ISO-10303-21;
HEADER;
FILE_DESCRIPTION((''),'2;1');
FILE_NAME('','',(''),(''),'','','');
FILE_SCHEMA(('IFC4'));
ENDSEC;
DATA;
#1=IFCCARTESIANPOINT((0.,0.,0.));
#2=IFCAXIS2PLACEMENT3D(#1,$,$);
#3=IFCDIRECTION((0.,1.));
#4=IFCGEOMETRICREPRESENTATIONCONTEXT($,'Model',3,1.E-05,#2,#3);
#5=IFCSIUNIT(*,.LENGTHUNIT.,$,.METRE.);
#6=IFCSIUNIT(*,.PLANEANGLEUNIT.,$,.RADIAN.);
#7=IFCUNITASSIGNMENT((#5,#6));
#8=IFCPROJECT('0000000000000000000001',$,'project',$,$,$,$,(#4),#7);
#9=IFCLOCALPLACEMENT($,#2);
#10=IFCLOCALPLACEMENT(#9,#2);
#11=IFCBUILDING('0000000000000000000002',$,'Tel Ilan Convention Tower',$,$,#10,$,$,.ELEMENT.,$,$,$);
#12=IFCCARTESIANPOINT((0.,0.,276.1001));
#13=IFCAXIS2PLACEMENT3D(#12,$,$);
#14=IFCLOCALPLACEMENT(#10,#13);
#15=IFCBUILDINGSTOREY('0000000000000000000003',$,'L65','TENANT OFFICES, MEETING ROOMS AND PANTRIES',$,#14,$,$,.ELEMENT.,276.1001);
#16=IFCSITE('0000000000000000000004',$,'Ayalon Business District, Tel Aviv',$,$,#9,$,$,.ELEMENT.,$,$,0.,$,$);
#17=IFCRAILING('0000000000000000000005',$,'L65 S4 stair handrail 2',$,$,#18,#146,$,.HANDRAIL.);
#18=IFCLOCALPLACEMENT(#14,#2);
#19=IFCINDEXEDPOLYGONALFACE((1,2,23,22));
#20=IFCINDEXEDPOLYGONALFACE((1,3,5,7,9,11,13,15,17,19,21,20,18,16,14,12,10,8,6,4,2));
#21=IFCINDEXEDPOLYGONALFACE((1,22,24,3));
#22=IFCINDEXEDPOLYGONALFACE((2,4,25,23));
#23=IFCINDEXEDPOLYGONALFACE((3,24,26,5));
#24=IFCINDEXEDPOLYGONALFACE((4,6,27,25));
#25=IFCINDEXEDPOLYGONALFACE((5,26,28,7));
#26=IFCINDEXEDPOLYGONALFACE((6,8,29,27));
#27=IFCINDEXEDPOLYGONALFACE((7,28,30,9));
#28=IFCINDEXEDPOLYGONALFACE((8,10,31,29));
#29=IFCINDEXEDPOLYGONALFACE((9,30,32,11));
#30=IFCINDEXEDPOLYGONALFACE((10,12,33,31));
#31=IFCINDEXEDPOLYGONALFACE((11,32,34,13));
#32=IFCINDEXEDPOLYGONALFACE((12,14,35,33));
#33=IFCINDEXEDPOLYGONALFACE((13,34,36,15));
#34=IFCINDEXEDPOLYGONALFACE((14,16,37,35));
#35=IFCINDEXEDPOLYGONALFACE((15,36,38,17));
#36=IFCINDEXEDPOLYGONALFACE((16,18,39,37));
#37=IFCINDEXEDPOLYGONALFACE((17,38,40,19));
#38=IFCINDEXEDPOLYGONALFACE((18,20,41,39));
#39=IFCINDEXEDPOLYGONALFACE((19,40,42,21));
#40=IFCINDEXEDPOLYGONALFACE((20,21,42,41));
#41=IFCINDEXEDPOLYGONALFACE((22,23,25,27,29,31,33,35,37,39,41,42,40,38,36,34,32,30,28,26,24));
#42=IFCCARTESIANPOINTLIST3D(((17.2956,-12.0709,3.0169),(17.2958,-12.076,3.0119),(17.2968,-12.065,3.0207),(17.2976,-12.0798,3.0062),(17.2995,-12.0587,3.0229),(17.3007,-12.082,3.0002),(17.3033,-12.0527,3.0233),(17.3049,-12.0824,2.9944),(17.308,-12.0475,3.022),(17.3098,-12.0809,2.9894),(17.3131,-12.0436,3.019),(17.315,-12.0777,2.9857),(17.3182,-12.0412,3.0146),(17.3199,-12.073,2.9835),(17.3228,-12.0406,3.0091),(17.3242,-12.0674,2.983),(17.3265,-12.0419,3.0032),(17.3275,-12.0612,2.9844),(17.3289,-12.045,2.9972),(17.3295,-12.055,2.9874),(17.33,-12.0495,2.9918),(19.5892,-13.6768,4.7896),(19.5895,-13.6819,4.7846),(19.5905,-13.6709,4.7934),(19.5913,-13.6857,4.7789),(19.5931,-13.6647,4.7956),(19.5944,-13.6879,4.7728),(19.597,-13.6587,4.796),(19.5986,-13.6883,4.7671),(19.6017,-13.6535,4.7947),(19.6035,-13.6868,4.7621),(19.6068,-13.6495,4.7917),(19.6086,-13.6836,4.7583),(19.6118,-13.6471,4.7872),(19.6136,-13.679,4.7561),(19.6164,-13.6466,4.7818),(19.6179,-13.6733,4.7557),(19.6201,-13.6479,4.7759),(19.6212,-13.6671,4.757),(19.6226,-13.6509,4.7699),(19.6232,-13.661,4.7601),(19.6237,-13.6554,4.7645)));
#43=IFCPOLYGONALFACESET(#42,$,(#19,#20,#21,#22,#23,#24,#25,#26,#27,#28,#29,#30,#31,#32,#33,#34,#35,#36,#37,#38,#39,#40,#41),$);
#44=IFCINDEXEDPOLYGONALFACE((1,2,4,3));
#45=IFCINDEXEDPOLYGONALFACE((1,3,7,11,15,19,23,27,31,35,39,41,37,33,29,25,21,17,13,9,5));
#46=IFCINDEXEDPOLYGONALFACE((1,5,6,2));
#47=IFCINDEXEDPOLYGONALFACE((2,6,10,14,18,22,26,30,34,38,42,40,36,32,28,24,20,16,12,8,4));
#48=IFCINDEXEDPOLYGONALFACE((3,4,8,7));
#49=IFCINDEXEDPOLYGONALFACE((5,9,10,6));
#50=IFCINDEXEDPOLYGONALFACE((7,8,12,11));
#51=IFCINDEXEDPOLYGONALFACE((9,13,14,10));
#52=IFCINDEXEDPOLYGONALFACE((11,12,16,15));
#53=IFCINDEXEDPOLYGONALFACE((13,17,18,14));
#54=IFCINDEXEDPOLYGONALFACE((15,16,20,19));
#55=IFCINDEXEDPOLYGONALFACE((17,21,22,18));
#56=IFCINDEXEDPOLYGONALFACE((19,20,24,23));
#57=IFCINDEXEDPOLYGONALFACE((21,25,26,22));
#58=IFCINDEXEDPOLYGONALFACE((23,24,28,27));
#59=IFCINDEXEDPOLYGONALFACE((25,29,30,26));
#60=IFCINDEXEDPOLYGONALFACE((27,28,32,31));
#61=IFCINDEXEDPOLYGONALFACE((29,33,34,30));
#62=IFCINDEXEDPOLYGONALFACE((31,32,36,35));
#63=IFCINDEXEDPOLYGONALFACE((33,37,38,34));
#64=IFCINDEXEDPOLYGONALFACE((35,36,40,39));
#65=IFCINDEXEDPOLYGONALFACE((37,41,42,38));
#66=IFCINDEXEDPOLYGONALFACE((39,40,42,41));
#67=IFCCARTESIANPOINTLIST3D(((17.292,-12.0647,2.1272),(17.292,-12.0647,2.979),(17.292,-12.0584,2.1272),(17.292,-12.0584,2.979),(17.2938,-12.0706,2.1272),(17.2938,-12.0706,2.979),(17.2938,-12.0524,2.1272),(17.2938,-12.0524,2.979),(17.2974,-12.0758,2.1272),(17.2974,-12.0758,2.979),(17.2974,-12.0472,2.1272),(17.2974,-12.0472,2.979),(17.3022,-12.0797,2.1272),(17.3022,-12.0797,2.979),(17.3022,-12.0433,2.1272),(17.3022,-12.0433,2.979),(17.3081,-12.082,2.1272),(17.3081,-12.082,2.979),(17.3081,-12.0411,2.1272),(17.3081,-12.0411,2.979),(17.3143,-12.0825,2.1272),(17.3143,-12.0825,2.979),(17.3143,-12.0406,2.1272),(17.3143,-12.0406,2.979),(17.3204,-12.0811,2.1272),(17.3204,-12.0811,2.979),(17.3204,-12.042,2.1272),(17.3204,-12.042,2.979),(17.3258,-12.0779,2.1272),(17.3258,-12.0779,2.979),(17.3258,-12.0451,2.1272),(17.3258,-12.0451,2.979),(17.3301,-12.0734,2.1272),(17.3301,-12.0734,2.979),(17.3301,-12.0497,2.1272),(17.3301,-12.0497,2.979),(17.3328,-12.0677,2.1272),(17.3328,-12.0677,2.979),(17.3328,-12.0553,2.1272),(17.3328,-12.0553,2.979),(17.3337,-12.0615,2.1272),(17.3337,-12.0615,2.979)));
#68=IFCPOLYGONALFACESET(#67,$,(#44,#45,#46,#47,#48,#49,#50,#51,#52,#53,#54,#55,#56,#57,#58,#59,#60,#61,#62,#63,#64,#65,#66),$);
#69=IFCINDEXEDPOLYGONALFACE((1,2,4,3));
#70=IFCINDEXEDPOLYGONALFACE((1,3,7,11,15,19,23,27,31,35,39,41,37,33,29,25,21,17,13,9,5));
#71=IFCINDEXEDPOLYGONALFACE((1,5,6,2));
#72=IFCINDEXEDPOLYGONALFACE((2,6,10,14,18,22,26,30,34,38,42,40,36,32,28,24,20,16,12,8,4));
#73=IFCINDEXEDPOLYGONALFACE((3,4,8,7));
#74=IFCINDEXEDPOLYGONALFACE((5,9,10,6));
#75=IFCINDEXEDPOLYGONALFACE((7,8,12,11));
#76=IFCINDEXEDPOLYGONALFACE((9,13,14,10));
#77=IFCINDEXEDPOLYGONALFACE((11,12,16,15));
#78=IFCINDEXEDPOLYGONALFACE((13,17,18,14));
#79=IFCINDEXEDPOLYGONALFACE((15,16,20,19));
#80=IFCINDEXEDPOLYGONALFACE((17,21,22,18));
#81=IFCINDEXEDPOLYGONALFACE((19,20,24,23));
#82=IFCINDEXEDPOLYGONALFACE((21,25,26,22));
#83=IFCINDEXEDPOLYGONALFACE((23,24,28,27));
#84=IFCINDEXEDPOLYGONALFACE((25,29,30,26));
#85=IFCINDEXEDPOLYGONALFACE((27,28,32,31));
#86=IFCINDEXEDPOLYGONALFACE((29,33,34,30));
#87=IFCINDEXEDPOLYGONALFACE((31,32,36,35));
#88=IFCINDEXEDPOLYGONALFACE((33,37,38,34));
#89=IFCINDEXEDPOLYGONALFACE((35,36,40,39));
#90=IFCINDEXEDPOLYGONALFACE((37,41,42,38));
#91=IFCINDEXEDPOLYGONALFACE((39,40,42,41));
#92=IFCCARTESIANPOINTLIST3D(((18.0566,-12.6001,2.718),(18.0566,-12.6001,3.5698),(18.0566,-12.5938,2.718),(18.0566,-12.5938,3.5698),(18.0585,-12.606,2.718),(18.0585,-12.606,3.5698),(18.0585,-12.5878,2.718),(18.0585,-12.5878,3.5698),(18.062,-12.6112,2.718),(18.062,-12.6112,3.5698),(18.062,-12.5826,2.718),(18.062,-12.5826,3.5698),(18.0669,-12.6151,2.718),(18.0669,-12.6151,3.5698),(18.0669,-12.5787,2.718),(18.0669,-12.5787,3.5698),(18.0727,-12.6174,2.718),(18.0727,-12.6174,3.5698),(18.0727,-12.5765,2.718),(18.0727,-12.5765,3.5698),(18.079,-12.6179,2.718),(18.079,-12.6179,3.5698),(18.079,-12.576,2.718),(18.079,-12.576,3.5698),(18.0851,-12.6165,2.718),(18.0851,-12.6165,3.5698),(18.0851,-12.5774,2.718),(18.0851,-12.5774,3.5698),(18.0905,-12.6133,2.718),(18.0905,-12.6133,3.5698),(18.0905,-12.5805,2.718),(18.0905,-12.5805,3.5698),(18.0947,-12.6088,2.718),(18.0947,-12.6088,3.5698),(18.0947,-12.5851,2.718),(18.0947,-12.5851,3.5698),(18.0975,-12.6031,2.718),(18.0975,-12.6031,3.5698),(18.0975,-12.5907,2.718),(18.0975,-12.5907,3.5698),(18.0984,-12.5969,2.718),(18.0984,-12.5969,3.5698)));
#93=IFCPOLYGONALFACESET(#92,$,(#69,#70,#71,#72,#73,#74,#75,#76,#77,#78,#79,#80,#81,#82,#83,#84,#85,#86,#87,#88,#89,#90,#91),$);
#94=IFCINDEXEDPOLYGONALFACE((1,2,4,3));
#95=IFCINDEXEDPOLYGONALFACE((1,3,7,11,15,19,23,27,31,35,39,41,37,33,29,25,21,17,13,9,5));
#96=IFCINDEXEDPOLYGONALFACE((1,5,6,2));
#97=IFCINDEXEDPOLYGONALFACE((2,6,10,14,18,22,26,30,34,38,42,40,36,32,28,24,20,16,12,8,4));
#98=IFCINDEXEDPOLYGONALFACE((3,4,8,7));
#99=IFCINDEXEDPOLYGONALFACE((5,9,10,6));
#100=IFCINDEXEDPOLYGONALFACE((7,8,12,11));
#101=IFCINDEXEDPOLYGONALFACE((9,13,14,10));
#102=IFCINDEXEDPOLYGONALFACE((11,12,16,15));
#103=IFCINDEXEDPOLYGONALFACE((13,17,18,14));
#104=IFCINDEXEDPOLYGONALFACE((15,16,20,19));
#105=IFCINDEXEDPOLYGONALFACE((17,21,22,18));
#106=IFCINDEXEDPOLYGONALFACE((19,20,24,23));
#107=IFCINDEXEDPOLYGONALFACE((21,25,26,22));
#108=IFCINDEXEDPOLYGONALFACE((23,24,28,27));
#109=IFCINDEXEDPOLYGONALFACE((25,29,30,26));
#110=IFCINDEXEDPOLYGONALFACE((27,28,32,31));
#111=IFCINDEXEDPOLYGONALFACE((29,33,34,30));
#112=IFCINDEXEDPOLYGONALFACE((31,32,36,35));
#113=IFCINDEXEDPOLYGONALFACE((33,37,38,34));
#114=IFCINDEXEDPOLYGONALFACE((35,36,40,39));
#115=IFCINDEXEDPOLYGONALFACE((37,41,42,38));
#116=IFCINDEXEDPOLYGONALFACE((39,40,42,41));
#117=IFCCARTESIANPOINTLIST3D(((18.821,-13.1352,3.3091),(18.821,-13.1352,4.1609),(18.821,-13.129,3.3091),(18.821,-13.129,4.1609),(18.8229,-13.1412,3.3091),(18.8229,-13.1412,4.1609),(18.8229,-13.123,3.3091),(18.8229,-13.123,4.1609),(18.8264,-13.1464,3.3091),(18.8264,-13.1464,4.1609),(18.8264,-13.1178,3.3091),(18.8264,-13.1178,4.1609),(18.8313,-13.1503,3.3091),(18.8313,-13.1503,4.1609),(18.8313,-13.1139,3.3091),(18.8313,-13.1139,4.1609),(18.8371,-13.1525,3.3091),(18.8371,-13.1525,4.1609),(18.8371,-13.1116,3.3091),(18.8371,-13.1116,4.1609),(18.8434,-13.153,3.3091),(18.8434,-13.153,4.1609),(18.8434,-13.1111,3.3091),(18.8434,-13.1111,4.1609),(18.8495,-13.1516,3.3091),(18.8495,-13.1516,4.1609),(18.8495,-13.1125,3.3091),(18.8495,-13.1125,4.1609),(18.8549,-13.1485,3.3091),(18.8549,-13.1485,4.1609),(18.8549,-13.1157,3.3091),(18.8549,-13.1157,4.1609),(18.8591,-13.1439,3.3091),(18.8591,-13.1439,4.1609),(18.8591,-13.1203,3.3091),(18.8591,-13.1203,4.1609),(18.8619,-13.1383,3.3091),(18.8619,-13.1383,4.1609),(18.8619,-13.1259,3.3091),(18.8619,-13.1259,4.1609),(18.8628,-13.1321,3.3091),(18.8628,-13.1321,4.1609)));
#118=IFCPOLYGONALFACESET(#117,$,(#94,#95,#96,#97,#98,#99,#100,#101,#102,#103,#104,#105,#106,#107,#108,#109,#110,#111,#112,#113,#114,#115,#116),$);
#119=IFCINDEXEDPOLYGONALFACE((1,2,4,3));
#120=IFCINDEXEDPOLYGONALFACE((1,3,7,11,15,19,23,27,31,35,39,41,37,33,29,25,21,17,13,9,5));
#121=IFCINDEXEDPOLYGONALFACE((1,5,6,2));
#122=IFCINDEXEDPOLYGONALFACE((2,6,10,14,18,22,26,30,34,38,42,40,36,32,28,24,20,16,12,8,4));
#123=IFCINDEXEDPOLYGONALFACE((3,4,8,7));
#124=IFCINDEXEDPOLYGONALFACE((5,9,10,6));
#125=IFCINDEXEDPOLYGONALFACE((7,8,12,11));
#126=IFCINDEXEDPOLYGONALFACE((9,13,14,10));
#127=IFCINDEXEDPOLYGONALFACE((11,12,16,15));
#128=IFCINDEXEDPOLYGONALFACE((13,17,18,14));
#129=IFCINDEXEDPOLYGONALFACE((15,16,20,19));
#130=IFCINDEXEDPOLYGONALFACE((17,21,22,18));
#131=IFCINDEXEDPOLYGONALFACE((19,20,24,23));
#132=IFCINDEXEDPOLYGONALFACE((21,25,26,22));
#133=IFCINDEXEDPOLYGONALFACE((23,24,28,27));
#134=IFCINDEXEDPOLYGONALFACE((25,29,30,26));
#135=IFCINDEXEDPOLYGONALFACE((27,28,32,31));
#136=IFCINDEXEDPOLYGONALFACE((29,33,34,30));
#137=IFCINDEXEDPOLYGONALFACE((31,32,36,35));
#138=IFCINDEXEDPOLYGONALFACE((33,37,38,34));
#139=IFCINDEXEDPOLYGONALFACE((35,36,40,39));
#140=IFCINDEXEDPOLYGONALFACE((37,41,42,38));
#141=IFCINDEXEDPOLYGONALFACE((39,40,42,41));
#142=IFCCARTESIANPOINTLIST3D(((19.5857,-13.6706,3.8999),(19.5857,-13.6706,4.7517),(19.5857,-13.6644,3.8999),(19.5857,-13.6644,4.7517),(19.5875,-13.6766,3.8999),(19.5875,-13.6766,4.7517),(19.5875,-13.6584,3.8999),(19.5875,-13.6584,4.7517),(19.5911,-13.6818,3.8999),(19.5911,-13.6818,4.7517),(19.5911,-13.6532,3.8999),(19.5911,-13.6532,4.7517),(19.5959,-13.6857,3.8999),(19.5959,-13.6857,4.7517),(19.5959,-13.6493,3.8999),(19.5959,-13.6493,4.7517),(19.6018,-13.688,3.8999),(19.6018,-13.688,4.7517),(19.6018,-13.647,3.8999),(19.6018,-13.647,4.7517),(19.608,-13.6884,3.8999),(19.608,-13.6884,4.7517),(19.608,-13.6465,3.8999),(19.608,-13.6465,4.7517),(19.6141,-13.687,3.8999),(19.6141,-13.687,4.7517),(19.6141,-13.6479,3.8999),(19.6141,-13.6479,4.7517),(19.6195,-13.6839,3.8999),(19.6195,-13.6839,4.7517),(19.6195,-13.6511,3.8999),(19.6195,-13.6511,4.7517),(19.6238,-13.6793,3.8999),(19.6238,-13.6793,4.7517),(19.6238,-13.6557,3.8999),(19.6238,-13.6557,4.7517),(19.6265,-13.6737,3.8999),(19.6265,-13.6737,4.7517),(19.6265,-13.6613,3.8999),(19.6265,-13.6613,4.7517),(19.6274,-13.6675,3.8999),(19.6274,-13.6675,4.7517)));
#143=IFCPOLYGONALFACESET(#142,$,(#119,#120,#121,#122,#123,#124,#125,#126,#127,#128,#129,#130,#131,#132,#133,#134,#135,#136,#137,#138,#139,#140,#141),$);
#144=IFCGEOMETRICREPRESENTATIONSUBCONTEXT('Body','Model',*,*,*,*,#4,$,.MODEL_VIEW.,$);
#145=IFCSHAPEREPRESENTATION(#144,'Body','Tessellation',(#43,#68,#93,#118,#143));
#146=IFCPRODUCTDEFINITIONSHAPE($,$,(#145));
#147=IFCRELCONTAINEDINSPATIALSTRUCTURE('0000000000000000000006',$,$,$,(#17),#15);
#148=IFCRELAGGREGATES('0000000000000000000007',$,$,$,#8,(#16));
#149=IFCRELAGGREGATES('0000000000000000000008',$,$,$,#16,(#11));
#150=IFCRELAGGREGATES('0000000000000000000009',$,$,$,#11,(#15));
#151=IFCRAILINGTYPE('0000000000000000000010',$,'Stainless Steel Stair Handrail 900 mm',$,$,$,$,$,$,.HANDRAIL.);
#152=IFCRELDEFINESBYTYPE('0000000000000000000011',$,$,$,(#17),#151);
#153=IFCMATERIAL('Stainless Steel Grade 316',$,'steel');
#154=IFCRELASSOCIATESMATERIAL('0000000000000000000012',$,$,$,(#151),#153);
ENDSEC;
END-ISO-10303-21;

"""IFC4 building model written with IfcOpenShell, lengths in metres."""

from ifc_helpers import new_model, si_unit, direction, frame, origin, origin_2d, place, context, subcontext, project, spatial, circle, extrude, material, type_object, element, save


model = new_model("IFC4")

# Units and contexts
model_context = context("Model", 3, precision=1e-05, world=origin(), true_north=direction((0.0, 1.0)))
body_context = subcontext(model_context, "Body", "Model", "MODEL_VIEW")
ifc_project = project(units=[si_unit("LENGTHUNIT", "METRE"), si_unit("PLANEANGLEUNIT", "RADIAN")], contexts=[model_context])

# Site, building, storey
site_placement = place(None, origin())
site = spatial("IfcSite", under=ifc_project, at=site_placement, Name="Ayalon Business District, Tel Aviv", CompositionType="ELEMENT", RefElevation=0.0)
building_placement = place(site_placement, origin())
building = spatial("IfcBuilding", under=site, at=building_placement, Name="Tel Ilan Convention Tower", CompositionType="ELEMENT")
storey_placement = place(building_placement, frame((0.0, 0.0, 276.1001)))
storey = spatial("IfcBuildingStorey", under=building, at=storey_placement, Name="L65", Description="TENANT OFFICES, MEETING ROOMS AND PANTRIES", CompositionType="ELEMENT", Elevation=276.1001)

# Railing
ifc_material_1 = material(Name="Stainless Steel Grade 316", Category="steel")
railing_type = type_object("IfcRailingType", Name="Stainless Steel Stair Handrail 900 mm", PredefinedType="HANDRAIL", material=ifc_material_1)
railing_placement = place(storey_placement, frame((17.3127, -12.0615, 2.1272)))
element("IfcRailing", 1, at=railing_placement, inside=storey, type_object=railing_type, Name="L65 S4 stair handrail 2", PredefinedType="HANDRAIL", context=body_context, shape_type="SweptSolid", body=[
    extrude(circle(Radius=0.0239, at=origin_2d()), frame((0.0, 0.0, 0.876), z_axis=(0.692123, -0.484597, 0.534913), x_axis=(0.57355, 0.81917, 0.0)), (0.0, 0.0, 1.0), 3.314),
    extrude(circle(Radius=0.021, at=origin_2d()), origin(), (0.0, 0.0, 1.0), 0.8518),
    extrude(circle(Radius=0.021, at=origin_2d()), frame((0.7646, -0.5354, 0.5908)), (0.0, 0.0, 1.0), 0.8518),
    extrude(circle(Radius=0.021, at=origin_2d()), frame((1.5291, -1.0706, 1.1819)), (0.0, 0.0, 1.0), 0.8518),
    extrude(circle(Radius=0.021, at=origin_2d()), frame((2.2937, -1.606, 1.7727)), (0.0, 0.0, 1.0), 0.8518),
])

save(model, "model.ifc")
